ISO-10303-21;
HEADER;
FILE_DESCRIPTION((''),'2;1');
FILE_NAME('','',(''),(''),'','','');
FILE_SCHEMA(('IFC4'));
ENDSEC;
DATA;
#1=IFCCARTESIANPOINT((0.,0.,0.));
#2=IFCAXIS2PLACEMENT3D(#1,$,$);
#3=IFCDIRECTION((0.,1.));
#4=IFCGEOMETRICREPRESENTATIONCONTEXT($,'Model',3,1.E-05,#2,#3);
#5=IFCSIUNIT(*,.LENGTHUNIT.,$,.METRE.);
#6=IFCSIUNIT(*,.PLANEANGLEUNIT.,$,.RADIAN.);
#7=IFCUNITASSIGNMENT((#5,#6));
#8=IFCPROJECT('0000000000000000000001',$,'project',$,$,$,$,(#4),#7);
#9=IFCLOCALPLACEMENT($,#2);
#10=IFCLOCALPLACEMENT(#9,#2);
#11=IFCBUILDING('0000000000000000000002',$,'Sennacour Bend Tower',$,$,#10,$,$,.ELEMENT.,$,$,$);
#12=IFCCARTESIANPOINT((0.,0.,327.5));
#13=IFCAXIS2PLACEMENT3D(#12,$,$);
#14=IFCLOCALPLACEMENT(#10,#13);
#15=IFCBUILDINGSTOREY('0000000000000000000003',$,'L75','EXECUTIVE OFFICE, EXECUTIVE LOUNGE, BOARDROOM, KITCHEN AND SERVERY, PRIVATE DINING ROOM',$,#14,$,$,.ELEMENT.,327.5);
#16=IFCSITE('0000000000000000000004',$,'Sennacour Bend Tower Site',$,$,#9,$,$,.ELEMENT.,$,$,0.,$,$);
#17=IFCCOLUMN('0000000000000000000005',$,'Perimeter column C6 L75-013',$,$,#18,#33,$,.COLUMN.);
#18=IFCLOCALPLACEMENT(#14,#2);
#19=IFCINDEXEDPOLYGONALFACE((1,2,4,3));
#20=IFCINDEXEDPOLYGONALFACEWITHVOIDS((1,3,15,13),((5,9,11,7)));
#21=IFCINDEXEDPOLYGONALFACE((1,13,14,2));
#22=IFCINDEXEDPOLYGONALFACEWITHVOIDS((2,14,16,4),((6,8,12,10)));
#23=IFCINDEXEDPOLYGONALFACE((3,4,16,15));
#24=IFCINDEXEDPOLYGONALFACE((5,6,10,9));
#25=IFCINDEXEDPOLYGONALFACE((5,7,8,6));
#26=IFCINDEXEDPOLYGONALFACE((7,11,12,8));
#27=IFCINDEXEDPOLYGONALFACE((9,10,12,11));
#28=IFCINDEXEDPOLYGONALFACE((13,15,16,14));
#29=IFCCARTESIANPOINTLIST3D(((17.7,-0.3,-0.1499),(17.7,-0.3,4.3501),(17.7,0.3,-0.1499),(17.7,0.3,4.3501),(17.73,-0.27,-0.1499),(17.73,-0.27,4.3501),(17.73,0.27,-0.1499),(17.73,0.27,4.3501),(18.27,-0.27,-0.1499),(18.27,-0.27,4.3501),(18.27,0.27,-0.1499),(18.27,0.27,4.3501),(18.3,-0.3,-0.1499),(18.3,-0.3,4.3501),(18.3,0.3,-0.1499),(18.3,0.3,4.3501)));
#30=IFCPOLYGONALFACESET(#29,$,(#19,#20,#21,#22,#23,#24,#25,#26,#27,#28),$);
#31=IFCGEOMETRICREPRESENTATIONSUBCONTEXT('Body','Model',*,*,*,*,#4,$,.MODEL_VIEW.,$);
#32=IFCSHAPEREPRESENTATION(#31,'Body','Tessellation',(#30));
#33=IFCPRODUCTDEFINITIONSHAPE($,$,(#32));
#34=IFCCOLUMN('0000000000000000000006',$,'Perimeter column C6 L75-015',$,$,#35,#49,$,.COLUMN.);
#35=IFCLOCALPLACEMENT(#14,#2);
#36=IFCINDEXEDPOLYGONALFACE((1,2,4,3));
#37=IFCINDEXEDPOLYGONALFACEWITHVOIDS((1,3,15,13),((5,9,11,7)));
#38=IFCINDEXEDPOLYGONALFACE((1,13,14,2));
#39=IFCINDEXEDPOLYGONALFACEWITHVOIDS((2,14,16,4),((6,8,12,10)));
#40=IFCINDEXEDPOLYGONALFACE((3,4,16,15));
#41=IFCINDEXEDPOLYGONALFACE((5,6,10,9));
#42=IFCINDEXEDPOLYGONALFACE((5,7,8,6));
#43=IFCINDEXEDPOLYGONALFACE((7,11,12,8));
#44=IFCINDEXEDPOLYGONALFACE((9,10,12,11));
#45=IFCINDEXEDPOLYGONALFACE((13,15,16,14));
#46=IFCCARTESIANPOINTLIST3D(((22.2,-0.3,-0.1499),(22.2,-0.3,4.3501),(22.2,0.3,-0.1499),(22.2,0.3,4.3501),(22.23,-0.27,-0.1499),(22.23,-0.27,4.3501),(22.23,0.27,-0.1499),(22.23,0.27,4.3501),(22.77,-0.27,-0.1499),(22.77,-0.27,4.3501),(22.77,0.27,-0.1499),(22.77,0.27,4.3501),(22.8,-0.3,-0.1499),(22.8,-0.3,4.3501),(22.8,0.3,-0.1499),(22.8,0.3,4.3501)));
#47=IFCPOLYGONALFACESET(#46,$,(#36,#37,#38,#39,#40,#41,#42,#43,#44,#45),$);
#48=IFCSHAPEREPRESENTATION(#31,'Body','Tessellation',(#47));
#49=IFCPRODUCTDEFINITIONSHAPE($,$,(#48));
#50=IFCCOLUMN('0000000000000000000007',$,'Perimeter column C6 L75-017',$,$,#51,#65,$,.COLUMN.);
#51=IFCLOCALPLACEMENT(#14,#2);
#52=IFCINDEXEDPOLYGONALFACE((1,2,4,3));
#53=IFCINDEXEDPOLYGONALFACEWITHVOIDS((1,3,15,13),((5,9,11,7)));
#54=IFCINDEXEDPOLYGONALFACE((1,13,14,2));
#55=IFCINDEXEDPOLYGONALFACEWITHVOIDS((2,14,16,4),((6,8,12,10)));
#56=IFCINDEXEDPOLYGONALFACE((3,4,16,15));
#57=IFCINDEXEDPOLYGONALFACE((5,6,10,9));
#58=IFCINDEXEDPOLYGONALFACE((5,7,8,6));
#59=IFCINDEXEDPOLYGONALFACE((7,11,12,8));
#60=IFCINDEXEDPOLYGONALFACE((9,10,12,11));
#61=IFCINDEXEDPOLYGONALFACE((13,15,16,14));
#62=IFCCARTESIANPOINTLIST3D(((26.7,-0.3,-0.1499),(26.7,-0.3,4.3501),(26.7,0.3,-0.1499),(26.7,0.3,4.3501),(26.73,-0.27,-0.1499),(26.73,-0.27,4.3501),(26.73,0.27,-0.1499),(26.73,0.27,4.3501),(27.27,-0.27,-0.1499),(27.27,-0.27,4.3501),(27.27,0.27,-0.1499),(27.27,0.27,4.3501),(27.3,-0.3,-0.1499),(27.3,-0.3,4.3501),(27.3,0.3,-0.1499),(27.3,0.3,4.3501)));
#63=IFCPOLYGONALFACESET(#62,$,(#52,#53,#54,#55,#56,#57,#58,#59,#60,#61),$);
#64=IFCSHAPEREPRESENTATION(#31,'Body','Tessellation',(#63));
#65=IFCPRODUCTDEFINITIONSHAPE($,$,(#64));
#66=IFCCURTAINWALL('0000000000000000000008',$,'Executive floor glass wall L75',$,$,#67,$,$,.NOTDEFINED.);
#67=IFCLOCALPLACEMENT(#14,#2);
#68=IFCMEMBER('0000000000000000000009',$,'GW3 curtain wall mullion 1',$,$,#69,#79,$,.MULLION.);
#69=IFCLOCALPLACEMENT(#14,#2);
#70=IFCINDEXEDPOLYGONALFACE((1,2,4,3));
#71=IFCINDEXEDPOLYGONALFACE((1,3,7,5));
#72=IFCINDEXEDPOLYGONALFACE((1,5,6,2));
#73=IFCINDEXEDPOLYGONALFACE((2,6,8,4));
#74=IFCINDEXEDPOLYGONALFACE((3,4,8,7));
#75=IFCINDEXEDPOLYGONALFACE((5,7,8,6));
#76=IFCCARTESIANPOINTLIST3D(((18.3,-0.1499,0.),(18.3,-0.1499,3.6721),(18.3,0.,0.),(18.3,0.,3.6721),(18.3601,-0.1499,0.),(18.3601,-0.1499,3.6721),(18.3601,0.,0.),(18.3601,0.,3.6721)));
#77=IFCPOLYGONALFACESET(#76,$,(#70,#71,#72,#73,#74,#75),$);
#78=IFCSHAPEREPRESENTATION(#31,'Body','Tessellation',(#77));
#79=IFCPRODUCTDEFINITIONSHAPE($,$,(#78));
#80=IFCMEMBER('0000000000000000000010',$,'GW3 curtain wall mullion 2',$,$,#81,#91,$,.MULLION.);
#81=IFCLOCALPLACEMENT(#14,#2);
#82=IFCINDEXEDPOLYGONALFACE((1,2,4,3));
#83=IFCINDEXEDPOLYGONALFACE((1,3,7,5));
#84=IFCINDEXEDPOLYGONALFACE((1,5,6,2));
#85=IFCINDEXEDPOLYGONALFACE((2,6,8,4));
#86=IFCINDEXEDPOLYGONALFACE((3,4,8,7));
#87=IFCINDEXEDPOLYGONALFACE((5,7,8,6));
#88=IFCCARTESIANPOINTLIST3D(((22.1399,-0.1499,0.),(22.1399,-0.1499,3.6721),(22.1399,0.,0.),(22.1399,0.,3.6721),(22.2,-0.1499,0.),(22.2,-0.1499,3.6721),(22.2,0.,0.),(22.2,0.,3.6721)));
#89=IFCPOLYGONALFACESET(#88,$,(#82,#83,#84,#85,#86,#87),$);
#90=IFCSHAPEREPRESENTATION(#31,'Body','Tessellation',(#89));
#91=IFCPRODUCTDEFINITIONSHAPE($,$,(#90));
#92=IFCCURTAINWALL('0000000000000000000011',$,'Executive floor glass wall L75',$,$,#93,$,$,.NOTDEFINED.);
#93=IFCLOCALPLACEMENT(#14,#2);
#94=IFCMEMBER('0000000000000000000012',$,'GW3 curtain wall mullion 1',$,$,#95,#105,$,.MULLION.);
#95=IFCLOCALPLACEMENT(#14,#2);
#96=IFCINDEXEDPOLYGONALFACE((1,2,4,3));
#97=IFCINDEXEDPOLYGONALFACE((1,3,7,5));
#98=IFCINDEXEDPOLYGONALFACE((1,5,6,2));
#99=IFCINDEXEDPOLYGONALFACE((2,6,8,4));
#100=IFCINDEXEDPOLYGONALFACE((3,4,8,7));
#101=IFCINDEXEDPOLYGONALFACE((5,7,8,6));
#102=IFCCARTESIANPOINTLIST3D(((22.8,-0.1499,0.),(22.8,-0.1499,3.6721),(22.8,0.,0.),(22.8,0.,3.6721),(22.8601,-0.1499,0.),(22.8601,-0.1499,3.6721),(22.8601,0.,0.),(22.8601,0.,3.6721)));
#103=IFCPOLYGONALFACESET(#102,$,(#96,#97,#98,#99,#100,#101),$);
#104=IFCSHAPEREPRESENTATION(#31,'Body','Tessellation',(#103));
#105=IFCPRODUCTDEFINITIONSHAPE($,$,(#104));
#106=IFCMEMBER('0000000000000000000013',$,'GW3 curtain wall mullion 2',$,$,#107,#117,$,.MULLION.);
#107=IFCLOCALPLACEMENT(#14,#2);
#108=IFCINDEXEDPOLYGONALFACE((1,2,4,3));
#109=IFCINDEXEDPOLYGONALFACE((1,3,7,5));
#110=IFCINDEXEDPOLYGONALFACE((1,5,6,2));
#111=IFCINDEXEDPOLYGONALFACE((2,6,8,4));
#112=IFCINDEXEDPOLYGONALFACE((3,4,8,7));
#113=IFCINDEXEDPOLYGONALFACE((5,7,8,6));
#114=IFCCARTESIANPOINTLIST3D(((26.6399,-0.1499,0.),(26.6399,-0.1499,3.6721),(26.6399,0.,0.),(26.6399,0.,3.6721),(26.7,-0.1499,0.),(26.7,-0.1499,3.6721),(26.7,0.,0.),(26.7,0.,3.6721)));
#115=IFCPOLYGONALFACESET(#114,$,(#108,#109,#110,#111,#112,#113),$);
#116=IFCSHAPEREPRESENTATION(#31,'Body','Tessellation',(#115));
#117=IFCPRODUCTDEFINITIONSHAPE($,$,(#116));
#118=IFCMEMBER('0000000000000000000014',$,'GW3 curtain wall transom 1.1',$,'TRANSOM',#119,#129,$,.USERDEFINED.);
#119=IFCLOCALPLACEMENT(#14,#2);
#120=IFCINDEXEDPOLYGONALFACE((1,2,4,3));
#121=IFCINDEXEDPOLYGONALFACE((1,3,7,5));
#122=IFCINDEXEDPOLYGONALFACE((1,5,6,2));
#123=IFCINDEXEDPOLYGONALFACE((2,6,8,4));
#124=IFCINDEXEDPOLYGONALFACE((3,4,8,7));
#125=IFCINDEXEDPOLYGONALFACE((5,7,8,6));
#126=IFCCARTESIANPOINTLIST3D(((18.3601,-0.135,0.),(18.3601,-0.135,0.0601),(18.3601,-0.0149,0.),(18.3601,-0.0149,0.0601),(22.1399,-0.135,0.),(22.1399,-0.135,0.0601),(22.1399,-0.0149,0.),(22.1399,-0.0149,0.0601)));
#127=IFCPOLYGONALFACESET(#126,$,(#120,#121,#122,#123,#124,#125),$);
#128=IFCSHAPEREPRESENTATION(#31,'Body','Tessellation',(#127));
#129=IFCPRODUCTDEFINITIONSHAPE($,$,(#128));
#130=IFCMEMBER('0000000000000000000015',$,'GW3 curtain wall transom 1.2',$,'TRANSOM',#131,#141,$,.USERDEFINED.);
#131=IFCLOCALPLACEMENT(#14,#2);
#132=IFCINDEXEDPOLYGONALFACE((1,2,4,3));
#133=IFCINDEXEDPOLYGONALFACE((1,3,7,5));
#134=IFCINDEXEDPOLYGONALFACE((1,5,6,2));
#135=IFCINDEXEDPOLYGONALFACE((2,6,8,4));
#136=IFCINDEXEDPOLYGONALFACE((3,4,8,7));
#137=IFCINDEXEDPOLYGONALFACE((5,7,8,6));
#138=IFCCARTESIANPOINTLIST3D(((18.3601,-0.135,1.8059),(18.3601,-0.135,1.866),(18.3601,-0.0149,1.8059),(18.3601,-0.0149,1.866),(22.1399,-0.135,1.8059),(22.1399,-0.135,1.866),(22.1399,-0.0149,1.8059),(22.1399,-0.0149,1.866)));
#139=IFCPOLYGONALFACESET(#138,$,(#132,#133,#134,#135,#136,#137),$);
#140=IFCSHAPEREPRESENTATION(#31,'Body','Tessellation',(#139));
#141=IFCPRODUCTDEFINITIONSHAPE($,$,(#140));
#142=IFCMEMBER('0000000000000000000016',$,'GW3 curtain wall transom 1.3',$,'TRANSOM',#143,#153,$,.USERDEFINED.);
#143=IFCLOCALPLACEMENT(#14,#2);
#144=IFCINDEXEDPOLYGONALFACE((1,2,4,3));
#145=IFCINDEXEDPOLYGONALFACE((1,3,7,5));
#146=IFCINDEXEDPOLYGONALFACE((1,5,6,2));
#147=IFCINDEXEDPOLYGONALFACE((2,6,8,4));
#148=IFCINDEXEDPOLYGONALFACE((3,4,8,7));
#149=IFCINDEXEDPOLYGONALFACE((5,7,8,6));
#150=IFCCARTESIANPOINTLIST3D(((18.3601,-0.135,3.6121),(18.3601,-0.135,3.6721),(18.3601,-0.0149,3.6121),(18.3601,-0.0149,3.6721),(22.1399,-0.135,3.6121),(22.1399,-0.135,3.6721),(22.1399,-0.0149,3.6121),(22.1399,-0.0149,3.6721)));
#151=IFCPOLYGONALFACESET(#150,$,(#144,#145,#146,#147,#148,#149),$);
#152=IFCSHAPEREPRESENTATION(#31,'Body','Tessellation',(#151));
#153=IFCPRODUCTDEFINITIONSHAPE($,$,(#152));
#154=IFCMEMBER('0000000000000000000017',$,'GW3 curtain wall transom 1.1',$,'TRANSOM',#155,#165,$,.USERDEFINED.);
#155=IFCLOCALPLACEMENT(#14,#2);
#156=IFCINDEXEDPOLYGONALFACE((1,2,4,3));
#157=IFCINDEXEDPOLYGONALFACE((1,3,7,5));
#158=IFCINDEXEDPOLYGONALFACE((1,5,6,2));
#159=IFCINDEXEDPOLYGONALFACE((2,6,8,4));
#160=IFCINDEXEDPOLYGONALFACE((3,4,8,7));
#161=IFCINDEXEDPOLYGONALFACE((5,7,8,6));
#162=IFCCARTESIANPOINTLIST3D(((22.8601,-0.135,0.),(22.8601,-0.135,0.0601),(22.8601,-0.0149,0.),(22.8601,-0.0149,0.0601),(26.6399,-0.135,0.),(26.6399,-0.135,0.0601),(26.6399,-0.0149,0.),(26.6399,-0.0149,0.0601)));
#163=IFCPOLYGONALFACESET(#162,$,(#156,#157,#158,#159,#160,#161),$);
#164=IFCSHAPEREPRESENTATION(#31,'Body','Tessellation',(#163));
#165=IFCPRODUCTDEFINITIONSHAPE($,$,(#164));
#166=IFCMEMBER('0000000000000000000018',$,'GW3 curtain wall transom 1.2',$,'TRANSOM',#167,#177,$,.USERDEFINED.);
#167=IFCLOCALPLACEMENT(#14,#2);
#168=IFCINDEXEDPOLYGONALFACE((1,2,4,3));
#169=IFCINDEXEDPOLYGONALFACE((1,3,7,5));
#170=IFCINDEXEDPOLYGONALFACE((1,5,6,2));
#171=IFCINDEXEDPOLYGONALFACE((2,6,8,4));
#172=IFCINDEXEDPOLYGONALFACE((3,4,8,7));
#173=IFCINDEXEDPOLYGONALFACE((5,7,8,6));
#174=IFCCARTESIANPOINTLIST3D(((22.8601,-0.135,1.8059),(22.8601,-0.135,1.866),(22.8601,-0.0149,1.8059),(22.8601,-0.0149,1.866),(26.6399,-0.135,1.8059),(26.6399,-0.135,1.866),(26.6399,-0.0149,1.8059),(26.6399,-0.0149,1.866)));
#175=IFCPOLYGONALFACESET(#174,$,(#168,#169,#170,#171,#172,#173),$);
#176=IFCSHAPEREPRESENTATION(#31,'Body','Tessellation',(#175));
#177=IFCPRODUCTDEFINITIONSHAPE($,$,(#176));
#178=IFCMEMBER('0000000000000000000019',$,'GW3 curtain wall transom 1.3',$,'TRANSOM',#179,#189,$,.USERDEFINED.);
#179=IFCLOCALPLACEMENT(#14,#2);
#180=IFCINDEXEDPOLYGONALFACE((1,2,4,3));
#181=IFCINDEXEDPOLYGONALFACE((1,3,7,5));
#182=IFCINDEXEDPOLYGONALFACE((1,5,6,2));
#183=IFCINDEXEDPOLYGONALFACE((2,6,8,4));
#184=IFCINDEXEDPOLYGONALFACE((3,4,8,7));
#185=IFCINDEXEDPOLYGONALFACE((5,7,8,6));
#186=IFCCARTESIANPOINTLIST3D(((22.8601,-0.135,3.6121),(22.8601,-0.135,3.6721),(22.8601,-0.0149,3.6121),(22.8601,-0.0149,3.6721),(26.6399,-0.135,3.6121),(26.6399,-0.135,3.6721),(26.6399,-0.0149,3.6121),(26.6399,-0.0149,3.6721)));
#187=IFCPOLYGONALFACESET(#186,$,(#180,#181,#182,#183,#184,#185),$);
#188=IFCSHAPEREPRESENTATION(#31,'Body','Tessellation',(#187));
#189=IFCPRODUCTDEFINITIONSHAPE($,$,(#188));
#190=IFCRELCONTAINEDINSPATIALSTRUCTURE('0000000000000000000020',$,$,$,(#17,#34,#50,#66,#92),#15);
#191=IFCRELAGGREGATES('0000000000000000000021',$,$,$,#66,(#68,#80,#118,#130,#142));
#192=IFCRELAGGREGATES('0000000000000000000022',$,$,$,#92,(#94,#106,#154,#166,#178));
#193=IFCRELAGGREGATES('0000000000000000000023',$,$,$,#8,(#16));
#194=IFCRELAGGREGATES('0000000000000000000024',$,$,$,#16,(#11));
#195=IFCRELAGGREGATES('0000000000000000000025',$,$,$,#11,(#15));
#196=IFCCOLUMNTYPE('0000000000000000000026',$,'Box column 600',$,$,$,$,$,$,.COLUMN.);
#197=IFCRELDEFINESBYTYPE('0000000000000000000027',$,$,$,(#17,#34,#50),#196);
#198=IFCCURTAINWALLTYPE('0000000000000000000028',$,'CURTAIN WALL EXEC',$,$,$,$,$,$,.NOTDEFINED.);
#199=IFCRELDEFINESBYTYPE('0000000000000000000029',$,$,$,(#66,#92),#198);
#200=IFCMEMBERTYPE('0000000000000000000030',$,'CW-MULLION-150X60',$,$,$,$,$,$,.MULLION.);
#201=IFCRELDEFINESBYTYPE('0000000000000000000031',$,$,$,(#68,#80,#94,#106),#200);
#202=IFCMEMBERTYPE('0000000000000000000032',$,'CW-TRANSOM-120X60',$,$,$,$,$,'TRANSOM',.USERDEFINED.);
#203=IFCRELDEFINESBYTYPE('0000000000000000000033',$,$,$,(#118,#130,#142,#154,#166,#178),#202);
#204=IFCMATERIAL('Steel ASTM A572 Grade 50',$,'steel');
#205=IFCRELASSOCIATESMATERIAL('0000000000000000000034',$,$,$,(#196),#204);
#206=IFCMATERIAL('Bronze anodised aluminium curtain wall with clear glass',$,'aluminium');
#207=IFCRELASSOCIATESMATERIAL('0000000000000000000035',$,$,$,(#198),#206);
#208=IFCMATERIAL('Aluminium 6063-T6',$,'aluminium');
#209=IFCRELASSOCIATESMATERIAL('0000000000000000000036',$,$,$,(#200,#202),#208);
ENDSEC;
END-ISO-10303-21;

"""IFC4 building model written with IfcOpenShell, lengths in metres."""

from ifc_helpers import new_model, si_unit, direction, frame, origin, origin_2d, place, context, subcontext, project, spatial, rectangle, hollow_rectangle, extrude, material, material_profile, profile_set, type_object, element, aggregate, save


model = new_model("IFC4")

# Units and contexts
model_context = context("Model", 3, precision=1e-05, world=origin(), true_north=direction((0.0, 1.0)))
body_context = subcontext(model_context, "Body", "Model", "MODEL_VIEW")
ifc_project = project(units=[si_unit("LENGTHUNIT", "METRE"), si_unit("PLANEANGLEUNIT", "RADIAN")], contexts=[model_context])

# Site, building, storey
site_placement = place(None, origin())
site = spatial("IfcSite", under=ifc_project, at=site_placement, Name="Sennacour Bend Tower Site", CompositionType="ELEMENT", RefElevation=0.0)
building_placement = place(site_placement, origin())
building = spatial("IfcBuilding", under=site, at=building_placement, Name="Sennacour Bend Tower", CompositionType="ELEMENT")
storey_placement = place(building_placement, frame((0.0, 0.0, 327.5)))
storey = spatial("IfcBuildingStorey", under=building, at=storey_placement, Name="L75", Description="EXECUTIVE OFFICE, EXECUTIVE LOUNGE, BOARDROOM, KITCHEN AND SERVERY, PRIVATE DINING ROOM", CompositionType="ELEMENT", Elevation=327.5)

# Columns
ifc_material_1 = material(Name="Steel ASTM A572 Grade 50", Category="steel")
ifc_material_profile_1 = material_profile(ifc_material_1, hollow_rectangle(XDim=0.6001, YDim=0.6001, WallThickness=0.03, at=origin_2d()), Name="Steel ASTM A572 Grade 50", Category="steel")
ifc_profile_set_1 = profile_set([ifc_material_profile_1], Name="Steel ASTM A572 Grade 50")
column_type = type_object("IfcColumnType", Name="Box column 600", PredefinedType="COLUMN", material=ifc_profile_set_1)
for number, where, z_axis, x_axis, name in (
    (1, (18.0, 0.0, -0.1499), (0.0, 0.0, 1.0), (1.0, 0.0, 0.0), "Perimeter column C6 L75-013"),
    (2, (22.5, 0.0, -0.1499), (0.0, 0.0, 1.0), (1.0, 0.0, 0.0), "Perimeter column C6 L75-015"),
    (3, (27.0, 0.0, -0.1499), (0.0, 0.0, 1.0), (1.0, 0.0, 0.0), "Perimeter column C6 L75-017"),
):
    element("IfcColumn", number, at=place(storey_placement, frame(where, z_axis=z_axis, x_axis=x_axis)), inside=storey, type_object=column_type, Name=name, PredefinedType="COLUMN", context=body_context, shape_type="SweptSolid", body=[
        extrude(hollow_rectangle(XDim=0.6001, YDim=0.6001, WallThickness=0.03, at=origin_2d()), origin(), (0.0, 0.0, 1.0), 4.5),
    ])

# Curtain walls, members
ifc_material_2 = material(Name="Bronze anodised aluminium curtain wall with clear glass", Category="aluminium")
curtain_wall_type = type_object("IfcCurtainWallType", Name="CURTAIN WALL EXEC", PredefinedType="NOTDEFINED", material=ifc_material_2)
curtain_wall_1_placement = place(storey_placement, origin())
curtain_wall_1 = element("IfcCurtainWall", 4, at=curtain_wall_1_placement, inside=storey, type_object=curtain_wall_type, Name="Executive floor glass wall L75", PredefinedType="NOTDEFINED")
ifc_material_3 = material(Name="Aluminium 6063-T6", Category="aluminium")
ifc_material_profile_2 = material_profile(ifc_material_3, rectangle(XDim=0.1499, YDim=0.0601, at=origin_2d()), Name="Aluminium 6063-T6", Category="aluminium")
ifc_profile_set_2 = profile_set([ifc_material_profile_2], Name="Aluminium 6063-T6")
member_type_1 = type_object("IfcMemberType", Name="CW-MULLION-150X60", PredefinedType="MULLION", material=ifc_profile_set_2)
member_1_placement = place(storey_placement, frame((18.3301, -0.075, 0.0), z_axis=(0.0, 0.0, 1.0), x_axis=(0.0, 1.0, 0.0)))
member_1 = element("IfcMember", 5, at=member_1_placement, type_object=member_type_1, Name="GW3 curtain wall mullion 1", PredefinedType="MULLION", context=body_context, shape_type="SweptSolid", body=[
    extrude(rectangle(XDim=0.1499, YDim=0.0601, at=origin_2d()), origin(), (0.0, 0.0, 1.0), 3.6721),
])
member_2_placement = place(storey_placement, frame((22.1699, -0.075, 0.0), z_axis=(0.0, 0.0, 1.0), x_axis=(0.0, 1.0, 0.0)))
member_2 = element("IfcMember", 6, at=member_2_placement, type_object=member_type_1, Name="GW3 curtain wall mullion 2", PredefinedType="MULLION", context=body_context, shape_type="SweptSolid", body=[
    extrude(rectangle(XDim=0.1499, YDim=0.0601, at=origin_2d()), origin(), (0.0, 0.0, 1.0), 3.6721),
])
curtain_wall_2_placement = place(storey_placement, origin())
curtain_wall_2 = element("IfcCurtainWall", 7, at=curtain_wall_2_placement, inside=storey, type_object=curtain_wall_type, Name="Executive floor glass wall L75", PredefinedType="NOTDEFINED")
member_3_placement = place(storey_placement, frame((22.8301, -0.075, 0.0), z_axis=(0.0, 0.0, 1.0), x_axis=(0.0, 1.0, 0.0)))
member_3 = element("IfcMember", 8, at=member_3_placement, type_object=member_type_1, Name="GW3 curtain wall mullion 1", PredefinedType="MULLION", context=body_context, shape_type="SweptSolid", body=[
    extrude(rectangle(XDim=0.1499, YDim=0.0601, at=origin_2d()), origin(), (0.0, 0.0, 1.0), 3.6721),
])
member_4_placement = place(storey_placement, frame((26.6699, -0.075, 0.0), z_axis=(0.0, 0.0, 1.0), x_axis=(0.0, 1.0, 0.0)))
member_4 = element("IfcMember", 9, at=member_4_placement, type_object=member_type_1, Name="GW3 curtain wall mullion 2", PredefinedType="MULLION", context=body_context, shape_type="SweptSolid", body=[
    extrude(rectangle(XDim=0.1499, YDim=0.0601, at=origin_2d()), origin(), (0.0, 0.0, 1.0), 3.6721),
])

# Members
ifc_material_profile_3 = material_profile(ifc_material_3, rectangle(XDim=0.1201, YDim=0.0601, at=origin_2d()), Name="Aluminium 6063-T6", Category="aluminium")
ifc_profile_set_3 = profile_set([ifc_material_profile_3], Name="Aluminium 6063-T6")
member_type_2 = type_object("IfcMemberType", Name="CW-TRANSOM-120X60", ElementType="TRANSOM", PredefinedType="USERDEFINED", material=ifc_profile_set_3)
member_5_placement = place(storey_placement, frame((18.3601, -0.075, 0.03), z_axis=(1.0, 0.0, 0.0), x_axis=(0.0, 1.0, 0.0)))
member_5 = element("IfcMember", 10, at=member_5_placement, type_object=member_type_2, Name="GW3 curtain wall transom 1.1", ObjectType="TRANSOM", PredefinedType="USERDEFINED", context=body_context, shape_type="SweptSolid", body=[
    extrude(rectangle(XDim=0.1201, YDim=0.0601, at=origin_2d()), origin(), (0.0, 0.0, 1.0), 3.7798),
])
member_6_placement = place(storey_placement, frame((18.3601, -0.075, 1.8359), z_axis=(1.0, 0.0, 0.0), x_axis=(0.0, 1.0, 0.0)))
member_6 = element("IfcMember", 11, at=member_6_placement, type_object=member_type_2, Name="GW3 curtain wall transom 1.2", ObjectType="TRANSOM", PredefinedType="USERDEFINED", context=body_context, shape_type="SweptSolid", body=[
    extrude(rectangle(XDim=0.1201, YDim=0.0601, at=origin_2d()), origin(), (0.0, 0.0, 1.0), 3.7798),
])
member_7_placement = place(storey_placement, frame((18.3601, -0.075, 3.6421), z_axis=(1.0, 0.0, 0.0), x_axis=(0.0, 1.0, 0.0)))
member_7 = element("IfcMember", 12, at=member_7_placement, type_object=member_type_2, Name="GW3 curtain wall transom 1.3", ObjectType="TRANSOM", PredefinedType="USERDEFINED", context=body_context, shape_type="SweptSolid", body=[
    extrude(rectangle(XDim=0.1201, YDim=0.0601, at=origin_2d()), origin(), (0.0, 0.0, 1.0), 3.7798),
])
member_8_placement = place(storey_placement, frame((22.8601, -0.075, 0.03), z_axis=(1.0, 0.0, 0.0), x_axis=(0.0, 1.0, 0.0)))
member_8 = element("IfcMember", 13, at=member_8_placement, type_object=member_type_2, Name="GW3 curtain wall transom 1.1", ObjectType="TRANSOM", PredefinedType="USERDEFINED", context=body_context, shape_type="SweptSolid", body=[
    extrude(rectangle(XDim=0.1201, YDim=0.0601, at=origin_2d()), origin(), (0.0, 0.0, 1.0), 3.7798),
])
member_9_placement = place(storey_placement, frame((22.8601, -0.075, 1.8359), z_axis=(1.0, 0.0, 0.0), x_axis=(0.0, 1.0, 0.0)))
member_9 = element("IfcMember", 14, at=member_9_placement, type_object=member_type_2, Name="GW3 curtain wall transom 1.2", ObjectType="TRANSOM", PredefinedType="USERDEFINED", context=body_context, shape_type="SweptSolid", body=[
    extrude(rectangle(XDim=0.1201, YDim=0.0601, at=origin_2d()), origin(), (0.0, 0.0, 1.0), 3.7798),
])
member_10_placement = place(storey_placement, frame((22.8601, -0.075, 3.6421), z_axis=(1.0, 0.0, 0.0), x_axis=(0.0, 1.0, 0.0)))
member_10 = element("IfcMember", 15, at=member_10_placement, type_object=member_type_2, Name="GW3 curtain wall transom 1.3", ObjectType="TRANSOM", PredefinedType="USERDEFINED", context=body_context, shape_type="SweptSolid", body=[
    extrude(rectangle(XDim=0.1201, YDim=0.0601, at=origin_2d()), origin(), (0.0, 0.0, 1.0), 3.7798),
])

aggregate(curtain_wall_1, [member_1, member_2, member_5, member_6, member_7])
aggregate(curtain_wall_2, [member_3, member_4, member_8, member_9, member_10])

save(model, "model.ifc")
